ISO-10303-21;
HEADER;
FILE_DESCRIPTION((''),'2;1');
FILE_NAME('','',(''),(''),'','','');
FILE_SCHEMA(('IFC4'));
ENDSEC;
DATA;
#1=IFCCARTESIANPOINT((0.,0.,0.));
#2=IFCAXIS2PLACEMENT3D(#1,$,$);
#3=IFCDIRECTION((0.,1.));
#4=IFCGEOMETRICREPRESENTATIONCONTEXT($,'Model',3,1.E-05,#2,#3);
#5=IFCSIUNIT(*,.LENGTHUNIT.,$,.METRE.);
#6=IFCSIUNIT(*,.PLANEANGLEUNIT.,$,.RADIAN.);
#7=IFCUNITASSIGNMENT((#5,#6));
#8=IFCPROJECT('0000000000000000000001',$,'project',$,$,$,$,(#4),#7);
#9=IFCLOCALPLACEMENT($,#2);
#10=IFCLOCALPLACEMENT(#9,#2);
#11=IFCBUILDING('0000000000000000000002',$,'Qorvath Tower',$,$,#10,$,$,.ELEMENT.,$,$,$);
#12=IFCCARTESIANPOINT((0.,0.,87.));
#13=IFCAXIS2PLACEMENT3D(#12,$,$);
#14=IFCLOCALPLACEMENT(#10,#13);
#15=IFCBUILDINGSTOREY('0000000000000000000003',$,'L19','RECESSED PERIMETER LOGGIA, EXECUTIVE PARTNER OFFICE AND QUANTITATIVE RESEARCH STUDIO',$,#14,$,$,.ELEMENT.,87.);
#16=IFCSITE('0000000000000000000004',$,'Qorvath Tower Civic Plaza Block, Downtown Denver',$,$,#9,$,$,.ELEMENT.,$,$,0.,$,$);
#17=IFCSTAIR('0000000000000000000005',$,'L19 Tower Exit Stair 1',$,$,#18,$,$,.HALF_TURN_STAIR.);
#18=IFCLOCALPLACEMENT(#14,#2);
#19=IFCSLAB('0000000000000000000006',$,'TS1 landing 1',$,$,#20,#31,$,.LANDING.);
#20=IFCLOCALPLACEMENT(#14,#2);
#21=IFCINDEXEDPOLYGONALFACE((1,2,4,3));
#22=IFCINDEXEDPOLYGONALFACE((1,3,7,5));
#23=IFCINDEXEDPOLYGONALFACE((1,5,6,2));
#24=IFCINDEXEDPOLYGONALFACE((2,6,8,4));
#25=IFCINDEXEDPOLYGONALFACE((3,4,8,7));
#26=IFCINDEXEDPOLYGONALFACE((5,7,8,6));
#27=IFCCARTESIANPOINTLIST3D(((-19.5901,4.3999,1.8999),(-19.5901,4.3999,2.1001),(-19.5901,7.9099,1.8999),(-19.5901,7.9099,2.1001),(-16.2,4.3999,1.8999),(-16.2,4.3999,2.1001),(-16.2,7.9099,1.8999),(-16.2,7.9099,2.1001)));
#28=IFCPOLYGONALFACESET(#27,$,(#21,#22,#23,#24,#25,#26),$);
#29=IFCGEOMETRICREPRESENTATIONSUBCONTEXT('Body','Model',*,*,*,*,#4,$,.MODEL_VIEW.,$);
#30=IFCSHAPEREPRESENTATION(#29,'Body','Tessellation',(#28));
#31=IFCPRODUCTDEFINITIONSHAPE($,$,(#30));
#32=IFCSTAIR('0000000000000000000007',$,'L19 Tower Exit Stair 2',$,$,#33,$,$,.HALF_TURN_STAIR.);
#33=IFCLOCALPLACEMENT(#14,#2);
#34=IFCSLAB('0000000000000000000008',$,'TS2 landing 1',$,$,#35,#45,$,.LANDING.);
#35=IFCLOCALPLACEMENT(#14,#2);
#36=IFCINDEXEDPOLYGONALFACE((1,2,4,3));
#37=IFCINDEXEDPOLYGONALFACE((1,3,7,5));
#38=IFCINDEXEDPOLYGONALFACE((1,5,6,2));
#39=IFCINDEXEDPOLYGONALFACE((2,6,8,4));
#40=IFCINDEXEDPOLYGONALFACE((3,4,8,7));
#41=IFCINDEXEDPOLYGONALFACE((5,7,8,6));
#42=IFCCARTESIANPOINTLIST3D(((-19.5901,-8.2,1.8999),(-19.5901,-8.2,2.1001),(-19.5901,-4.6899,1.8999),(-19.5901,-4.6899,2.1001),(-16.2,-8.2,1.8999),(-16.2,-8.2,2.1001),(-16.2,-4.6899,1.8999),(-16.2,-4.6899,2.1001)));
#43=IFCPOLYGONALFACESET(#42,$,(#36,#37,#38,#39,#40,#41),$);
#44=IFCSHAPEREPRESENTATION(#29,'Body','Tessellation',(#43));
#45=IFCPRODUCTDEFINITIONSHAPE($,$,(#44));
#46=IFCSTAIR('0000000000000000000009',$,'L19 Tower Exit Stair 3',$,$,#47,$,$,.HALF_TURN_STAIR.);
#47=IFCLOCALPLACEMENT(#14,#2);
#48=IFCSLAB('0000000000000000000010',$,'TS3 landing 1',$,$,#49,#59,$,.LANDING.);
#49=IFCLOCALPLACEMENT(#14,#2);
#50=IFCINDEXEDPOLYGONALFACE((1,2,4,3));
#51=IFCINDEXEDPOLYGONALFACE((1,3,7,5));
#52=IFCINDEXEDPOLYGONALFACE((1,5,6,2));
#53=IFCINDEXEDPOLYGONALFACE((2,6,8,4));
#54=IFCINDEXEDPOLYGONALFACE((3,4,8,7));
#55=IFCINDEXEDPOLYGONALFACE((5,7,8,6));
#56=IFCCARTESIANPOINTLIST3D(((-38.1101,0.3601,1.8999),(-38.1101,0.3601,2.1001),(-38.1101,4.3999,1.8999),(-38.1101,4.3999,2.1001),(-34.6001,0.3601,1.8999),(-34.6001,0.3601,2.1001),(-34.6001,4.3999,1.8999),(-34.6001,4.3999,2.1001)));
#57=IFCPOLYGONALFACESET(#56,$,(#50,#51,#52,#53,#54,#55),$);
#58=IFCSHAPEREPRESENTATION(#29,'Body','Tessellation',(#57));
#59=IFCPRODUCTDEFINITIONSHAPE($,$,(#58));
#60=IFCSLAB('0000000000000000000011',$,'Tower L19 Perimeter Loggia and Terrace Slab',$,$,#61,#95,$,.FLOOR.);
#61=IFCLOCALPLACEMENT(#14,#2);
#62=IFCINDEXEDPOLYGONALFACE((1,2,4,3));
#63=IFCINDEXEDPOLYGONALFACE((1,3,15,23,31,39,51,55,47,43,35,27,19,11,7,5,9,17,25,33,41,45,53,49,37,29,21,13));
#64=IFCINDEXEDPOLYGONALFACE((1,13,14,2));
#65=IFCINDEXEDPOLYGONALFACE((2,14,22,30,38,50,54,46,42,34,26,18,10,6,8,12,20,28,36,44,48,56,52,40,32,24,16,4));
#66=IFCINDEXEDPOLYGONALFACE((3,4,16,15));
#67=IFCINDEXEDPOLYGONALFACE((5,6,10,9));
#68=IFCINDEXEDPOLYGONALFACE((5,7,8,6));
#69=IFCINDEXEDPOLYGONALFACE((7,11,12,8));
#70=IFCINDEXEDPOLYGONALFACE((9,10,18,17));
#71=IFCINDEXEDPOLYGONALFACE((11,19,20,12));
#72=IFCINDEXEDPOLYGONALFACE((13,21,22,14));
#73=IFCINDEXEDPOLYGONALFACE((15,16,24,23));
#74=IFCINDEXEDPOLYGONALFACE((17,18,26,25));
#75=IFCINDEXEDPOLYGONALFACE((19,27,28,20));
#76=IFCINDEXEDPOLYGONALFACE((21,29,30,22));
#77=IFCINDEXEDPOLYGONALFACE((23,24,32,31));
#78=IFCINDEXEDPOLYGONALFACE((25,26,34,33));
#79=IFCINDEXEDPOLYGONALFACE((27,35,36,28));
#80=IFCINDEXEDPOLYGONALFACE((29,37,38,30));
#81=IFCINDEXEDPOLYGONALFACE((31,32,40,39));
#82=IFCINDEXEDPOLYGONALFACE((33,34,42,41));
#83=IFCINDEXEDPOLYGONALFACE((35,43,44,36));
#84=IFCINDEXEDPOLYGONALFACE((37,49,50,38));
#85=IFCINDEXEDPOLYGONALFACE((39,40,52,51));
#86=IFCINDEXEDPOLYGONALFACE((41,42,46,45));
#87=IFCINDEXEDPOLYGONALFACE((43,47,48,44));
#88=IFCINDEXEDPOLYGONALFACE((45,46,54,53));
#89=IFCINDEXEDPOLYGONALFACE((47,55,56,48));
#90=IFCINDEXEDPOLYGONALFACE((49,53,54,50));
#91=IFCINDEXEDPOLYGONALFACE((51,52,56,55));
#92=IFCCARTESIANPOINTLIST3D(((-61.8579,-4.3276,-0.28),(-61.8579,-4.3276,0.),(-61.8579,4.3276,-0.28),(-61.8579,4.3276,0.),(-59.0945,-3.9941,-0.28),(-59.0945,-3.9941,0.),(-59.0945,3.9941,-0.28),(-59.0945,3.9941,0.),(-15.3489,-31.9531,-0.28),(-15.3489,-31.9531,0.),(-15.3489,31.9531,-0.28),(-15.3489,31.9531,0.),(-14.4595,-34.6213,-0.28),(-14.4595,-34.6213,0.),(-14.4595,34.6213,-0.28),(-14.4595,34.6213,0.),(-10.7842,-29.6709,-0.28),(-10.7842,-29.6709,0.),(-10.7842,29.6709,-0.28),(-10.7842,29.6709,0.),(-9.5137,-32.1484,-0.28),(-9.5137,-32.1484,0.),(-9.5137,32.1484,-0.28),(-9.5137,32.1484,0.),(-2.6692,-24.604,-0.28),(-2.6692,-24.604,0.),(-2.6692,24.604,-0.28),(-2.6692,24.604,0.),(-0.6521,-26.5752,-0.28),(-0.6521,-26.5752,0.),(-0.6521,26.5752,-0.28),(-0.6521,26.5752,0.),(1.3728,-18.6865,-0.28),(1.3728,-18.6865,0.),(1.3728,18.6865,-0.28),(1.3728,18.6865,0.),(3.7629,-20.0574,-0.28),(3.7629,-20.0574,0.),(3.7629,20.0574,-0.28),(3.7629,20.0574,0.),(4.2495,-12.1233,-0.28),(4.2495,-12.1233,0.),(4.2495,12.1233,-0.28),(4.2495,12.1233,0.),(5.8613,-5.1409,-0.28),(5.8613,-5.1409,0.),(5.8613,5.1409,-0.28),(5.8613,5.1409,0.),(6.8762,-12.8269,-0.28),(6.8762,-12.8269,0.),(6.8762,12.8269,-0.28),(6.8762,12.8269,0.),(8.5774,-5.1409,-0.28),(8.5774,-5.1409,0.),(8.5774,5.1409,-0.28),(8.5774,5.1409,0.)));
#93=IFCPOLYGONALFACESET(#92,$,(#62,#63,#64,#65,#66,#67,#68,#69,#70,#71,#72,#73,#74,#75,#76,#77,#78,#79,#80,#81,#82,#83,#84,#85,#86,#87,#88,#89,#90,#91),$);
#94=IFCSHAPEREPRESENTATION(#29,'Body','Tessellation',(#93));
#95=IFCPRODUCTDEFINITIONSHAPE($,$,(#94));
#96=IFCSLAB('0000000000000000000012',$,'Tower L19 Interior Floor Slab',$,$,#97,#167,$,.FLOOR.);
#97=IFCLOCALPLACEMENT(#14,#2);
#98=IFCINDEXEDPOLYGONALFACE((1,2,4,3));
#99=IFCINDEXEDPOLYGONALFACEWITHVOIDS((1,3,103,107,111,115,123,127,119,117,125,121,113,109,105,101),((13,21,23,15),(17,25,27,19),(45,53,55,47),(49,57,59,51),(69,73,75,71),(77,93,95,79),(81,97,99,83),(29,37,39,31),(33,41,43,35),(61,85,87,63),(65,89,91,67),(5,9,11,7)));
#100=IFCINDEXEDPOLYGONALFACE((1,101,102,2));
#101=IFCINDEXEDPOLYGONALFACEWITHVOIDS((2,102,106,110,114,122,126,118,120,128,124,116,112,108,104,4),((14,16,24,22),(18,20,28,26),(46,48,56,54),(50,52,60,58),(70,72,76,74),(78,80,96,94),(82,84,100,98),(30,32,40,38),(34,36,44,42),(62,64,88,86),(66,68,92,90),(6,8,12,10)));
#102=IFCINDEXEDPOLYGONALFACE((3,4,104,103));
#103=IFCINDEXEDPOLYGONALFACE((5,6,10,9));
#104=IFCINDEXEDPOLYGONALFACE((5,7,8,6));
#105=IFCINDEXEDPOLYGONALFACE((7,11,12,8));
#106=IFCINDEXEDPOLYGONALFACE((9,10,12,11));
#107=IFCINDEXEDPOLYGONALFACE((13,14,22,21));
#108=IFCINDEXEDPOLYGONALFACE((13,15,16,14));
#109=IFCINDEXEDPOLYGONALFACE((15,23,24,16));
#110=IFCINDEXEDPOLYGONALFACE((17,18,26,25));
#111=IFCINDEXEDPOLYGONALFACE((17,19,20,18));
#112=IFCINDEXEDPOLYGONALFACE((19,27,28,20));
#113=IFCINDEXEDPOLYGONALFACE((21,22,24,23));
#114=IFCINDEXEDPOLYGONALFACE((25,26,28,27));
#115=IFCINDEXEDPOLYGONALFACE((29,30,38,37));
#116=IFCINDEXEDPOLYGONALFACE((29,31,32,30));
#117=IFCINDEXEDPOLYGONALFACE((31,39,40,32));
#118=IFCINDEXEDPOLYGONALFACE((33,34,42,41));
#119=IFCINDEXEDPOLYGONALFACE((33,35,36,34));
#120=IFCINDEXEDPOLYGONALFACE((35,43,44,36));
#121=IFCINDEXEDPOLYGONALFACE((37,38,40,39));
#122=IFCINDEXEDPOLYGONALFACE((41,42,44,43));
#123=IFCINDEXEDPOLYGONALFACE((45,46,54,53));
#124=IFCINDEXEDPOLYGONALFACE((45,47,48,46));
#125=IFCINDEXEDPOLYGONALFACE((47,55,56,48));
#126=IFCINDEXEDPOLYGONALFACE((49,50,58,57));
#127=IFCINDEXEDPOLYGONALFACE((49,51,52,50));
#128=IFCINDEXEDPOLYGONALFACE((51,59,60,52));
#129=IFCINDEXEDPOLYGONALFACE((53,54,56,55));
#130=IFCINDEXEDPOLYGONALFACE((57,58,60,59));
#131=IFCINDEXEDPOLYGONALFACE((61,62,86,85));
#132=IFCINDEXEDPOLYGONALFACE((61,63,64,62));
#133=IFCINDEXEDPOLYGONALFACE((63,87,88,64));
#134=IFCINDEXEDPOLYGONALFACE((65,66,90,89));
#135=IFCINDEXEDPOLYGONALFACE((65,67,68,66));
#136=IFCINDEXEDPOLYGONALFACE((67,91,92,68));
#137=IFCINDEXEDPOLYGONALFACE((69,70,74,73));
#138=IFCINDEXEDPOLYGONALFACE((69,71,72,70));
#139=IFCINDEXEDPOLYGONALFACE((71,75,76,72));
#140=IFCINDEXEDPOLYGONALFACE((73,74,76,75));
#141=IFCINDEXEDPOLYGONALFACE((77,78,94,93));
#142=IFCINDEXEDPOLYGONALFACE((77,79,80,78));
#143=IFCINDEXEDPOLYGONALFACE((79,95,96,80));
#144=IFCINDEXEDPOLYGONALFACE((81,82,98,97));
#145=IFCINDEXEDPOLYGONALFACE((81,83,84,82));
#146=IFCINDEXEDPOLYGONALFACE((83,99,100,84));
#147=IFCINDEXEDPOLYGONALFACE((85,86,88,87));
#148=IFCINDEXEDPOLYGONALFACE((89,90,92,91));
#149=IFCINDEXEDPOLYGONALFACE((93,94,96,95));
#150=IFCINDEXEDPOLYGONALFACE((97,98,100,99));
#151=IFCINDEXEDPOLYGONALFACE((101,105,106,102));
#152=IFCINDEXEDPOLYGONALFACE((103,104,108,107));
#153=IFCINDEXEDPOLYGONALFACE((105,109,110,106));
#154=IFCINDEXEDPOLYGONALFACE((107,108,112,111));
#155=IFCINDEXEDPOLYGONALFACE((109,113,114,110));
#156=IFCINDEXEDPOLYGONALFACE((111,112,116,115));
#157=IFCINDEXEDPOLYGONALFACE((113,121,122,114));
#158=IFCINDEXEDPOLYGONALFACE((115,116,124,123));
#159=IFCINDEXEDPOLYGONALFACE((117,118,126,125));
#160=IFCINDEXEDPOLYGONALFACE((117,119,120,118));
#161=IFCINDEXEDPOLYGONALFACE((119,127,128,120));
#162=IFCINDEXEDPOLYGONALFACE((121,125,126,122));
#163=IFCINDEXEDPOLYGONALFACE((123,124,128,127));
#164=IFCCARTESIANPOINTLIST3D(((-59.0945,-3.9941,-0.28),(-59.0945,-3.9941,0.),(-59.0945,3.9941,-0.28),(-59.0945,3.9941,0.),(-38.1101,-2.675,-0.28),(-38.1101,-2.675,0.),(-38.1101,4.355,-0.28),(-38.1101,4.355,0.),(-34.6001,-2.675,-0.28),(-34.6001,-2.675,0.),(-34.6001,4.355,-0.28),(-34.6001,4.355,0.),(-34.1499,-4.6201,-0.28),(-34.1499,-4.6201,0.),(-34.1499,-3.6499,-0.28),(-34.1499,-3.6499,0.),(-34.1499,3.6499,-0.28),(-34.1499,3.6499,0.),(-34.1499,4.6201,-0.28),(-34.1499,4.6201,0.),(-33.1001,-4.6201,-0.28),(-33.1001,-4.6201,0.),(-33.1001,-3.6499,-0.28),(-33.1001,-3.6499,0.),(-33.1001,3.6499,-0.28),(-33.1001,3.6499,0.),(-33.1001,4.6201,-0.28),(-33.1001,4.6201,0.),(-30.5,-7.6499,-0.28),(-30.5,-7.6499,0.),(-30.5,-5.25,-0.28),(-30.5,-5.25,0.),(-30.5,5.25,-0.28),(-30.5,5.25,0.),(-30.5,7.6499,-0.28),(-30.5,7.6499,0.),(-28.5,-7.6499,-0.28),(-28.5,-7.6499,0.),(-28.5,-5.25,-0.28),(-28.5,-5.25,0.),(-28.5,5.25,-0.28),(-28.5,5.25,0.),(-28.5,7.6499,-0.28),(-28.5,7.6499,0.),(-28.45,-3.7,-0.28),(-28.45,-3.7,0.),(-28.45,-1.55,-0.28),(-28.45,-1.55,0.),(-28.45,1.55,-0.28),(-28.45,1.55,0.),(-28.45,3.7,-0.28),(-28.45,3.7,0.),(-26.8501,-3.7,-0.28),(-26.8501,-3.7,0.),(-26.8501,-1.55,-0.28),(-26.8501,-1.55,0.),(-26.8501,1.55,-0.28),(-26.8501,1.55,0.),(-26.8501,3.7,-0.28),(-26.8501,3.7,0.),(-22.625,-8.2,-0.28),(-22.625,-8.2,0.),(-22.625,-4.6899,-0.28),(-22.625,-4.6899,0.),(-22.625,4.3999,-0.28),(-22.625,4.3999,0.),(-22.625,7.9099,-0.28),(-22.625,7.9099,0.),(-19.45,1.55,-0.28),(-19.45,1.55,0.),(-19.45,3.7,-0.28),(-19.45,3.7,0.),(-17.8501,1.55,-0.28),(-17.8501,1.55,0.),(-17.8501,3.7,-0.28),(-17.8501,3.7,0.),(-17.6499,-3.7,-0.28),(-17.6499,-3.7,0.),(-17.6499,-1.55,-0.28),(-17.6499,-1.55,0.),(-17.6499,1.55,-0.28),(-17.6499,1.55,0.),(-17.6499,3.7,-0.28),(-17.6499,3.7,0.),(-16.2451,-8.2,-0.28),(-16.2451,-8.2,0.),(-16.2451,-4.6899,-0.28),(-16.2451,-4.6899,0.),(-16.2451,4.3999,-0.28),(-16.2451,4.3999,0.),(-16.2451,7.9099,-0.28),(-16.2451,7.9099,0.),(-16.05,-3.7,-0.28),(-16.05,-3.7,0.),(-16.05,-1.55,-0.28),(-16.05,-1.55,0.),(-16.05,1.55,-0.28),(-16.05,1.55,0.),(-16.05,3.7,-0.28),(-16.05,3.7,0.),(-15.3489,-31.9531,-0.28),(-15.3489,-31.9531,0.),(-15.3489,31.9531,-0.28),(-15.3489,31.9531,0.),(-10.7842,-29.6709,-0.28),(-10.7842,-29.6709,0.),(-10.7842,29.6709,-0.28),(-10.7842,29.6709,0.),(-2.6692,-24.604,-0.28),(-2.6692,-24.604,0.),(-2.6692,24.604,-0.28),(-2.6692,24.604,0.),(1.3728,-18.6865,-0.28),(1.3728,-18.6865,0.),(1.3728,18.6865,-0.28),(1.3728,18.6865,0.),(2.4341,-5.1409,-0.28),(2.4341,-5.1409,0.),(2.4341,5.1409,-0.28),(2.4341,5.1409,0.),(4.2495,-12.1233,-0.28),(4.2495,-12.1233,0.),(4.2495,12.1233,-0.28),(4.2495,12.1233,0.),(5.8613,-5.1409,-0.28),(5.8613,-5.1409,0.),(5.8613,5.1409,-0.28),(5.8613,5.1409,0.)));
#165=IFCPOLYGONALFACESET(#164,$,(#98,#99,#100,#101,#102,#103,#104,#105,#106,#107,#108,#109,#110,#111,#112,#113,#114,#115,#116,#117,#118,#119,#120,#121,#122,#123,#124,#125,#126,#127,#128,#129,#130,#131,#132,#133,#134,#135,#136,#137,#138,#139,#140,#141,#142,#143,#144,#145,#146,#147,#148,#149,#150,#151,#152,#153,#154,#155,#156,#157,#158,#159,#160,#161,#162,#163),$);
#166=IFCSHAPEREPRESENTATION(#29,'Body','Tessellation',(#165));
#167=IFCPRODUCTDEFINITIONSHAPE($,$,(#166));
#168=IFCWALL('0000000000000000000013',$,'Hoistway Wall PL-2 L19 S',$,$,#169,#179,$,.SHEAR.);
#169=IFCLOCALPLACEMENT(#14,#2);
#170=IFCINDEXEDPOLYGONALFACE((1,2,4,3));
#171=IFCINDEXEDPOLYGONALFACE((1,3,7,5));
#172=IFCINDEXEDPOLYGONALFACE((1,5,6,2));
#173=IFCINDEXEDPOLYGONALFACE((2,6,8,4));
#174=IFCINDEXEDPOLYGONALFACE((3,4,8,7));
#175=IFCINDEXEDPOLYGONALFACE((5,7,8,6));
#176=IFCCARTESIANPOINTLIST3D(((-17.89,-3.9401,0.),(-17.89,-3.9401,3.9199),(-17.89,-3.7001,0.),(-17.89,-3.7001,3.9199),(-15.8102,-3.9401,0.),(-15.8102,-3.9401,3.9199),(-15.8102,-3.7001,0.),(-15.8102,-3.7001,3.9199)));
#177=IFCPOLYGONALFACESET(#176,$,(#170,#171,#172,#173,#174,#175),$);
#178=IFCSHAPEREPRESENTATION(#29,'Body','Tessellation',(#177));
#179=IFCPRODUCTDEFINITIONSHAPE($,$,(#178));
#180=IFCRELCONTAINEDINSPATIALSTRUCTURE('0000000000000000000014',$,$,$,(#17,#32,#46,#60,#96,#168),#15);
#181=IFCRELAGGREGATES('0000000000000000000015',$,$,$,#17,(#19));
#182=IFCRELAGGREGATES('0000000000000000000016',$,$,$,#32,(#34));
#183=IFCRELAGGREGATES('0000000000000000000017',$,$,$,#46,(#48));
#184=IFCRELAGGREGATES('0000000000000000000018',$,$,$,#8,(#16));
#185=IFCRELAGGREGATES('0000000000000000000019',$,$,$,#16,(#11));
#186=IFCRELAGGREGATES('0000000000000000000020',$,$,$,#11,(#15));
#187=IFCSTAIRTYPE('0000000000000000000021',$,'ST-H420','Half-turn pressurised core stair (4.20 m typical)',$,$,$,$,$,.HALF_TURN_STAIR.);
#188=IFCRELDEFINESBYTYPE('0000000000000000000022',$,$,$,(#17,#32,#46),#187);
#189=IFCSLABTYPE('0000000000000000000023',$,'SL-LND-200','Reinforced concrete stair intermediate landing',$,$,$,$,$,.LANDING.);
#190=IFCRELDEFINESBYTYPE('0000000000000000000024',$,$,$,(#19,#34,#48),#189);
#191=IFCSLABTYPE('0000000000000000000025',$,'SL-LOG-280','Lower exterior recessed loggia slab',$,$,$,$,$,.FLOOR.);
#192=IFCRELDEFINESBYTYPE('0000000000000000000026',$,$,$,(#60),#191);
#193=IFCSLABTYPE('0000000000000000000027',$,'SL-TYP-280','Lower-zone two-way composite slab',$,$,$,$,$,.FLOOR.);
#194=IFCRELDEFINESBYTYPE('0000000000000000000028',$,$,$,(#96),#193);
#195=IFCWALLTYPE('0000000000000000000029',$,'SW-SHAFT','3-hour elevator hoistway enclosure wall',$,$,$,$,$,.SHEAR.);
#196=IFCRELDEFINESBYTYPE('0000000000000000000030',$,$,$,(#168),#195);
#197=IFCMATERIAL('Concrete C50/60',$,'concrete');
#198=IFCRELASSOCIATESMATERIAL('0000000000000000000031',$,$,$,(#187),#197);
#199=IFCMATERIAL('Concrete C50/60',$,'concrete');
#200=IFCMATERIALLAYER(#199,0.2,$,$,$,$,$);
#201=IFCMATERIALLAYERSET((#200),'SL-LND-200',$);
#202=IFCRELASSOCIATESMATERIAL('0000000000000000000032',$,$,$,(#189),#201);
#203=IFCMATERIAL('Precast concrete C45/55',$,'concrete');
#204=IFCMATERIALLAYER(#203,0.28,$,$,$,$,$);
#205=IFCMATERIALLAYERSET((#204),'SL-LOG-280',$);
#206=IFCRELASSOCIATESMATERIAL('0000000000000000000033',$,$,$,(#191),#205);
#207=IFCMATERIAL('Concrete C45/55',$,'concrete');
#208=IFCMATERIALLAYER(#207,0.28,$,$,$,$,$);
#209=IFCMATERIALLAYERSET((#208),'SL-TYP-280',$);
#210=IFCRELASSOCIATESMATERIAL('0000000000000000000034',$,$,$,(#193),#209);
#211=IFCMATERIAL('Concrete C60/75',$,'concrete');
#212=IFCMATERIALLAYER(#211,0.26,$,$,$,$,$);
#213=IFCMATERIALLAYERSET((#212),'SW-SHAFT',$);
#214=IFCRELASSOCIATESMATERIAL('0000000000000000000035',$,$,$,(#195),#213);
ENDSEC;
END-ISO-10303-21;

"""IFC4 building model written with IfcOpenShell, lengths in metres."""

from ifc_helpers import new_model, si_unit, direction, frame, frame_2d, origin, place, context, subcontext, project, spatial, polyline, rectangle, outline, extrude, material, layer, layer_set, type_object, element, aggregate, save


model = new_model("IFC4")

# Units and contexts
model_context = context("Model", 3, precision=1e-05, world=origin(), true_north=direction((0.0, 1.0)))
body_context = subcontext(model_context, "Body", "Model", "MODEL_VIEW")
ifc_project = project(units=[si_unit("LENGTHUNIT", "METRE"), si_unit("PLANEANGLEUNIT", "RADIAN")], contexts=[model_context])

# Site, building, storey
site_placement = place(None, origin())
site = spatial("IfcSite", under=ifc_project, at=site_placement, Name="Qorvath Tower Civic Plaza Block, Downtown Denver", CompositionType="ELEMENT", RefElevation=0.0)
building_placement = place(site_placement, origin())
building = spatial("IfcBuilding", under=site, at=building_placement, Name="Qorvath Tower", CompositionType="ELEMENT")
storey_placement = place(building_placement, frame((0.0, 0.0, 87.0)))
storey = spatial("IfcBuildingStorey", under=building, at=storey_placement, Name="L19", Description="RECESSED PERIMETER LOGGIA, EXECUTIVE PARTNER OFFICE AND QUANTITATIVE RESEARCH STUDIO", CompositionType="ELEMENT", Elevation=87.0)

# Stairs, slabs
ifc_material_1 = material(Name="Concrete C50/60", Category="concrete")
stair_type = type_object("IfcStairType", Name="ST-H420", Description="Half-turn pressurised core stair (4.20 m typical)", PredefinedType="HALF_TURN_STAIR", material=ifc_material_1)
stair_1_placement = place(storey_placement, origin())
stair_1 = element("IfcStair", 1, at=stair_1_placement, inside=storey, type_object=stair_type, Name="L19 Tower Exit Stair 1", PredefinedType="HALF_TURN_STAIR")
ifc_material_2 = material(Name="Concrete C50/60", Category="concrete")
ifc_layer_1 = layer(ifc_material_2, 0.2)
ifc_layer_set_1 = layer_set([ifc_layer_1], Name="SL-LND-200")
slab_type_1 = type_object("IfcSlabType", Name="SL-LND-200", Description="Reinforced concrete stair intermediate landing", PredefinedType="LANDING", material=ifc_layer_set_1)
slab_1_placement = place(storey_placement, frame((0.0, 0.0, 1.8999)))
slab_1 = element("IfcSlab", 2, at=slab_1_placement, type_object=slab_type_1, Name="TS1 landing 1", PredefinedType="LANDING", context=body_context, shape_type="SweptSolid", body=[
    extrude(outline(polyline([(-19.5901, 4.3999), (-16.2, 4.3999), (-16.2, 7.9099), (-19.5901, 7.9099), (-19.5901, 4.3999)])), origin(), (0.0, 0.0, 1.0), 0.2002),
])
aggregate(stair_1, [slab_1])
stair_2_placement = place(storey_placement, origin())
stair_2 = element("IfcStair", 3, at=stair_2_placement, inside=storey, type_object=stair_type, Name="L19 Tower Exit Stair 2", PredefinedType="HALF_TURN_STAIR")
slab_2_placement = place(storey_placement, frame((0.0, 0.0, 1.8999)))
slab_2 = element("IfcSlab", 4, at=slab_2_placement, type_object=slab_type_1, Name="TS2 landing 1", PredefinedType="LANDING", context=body_context, shape_type="SweptSolid", body=[
    extrude(outline(polyline([(-19.5901, -8.2), (-16.2, -8.2), (-16.2, -4.6899), (-19.5901, -4.6899), (-19.5901, -8.2)])), origin(), (0.0, 0.0, 1.0), 0.2002),
])
aggregate(stair_2, [slab_2])
stair_3_placement = place(storey_placement, origin())
stair_3 = element("IfcStair", 5, at=stair_3_placement, inside=storey, type_object=stair_type, Name="L19 Tower Exit Stair 3", PredefinedType="HALF_TURN_STAIR")
slab_3_placement = place(storey_placement, frame((0.0, 0.0, 1.8999)))
slab_3 = element("IfcSlab", 6, at=slab_3_placement, type_object=slab_type_1, Name="TS3 landing 1", PredefinedType="LANDING", context=body_context, shape_type="SweptSolid", body=[
    extrude(outline(polyline([(-34.6001, 0.3601), (-34.6001, 4.3999), (-38.1101, 4.3999), (-38.1101, 0.3601), (-34.6001, 0.3601)])), origin(), (0.0, 0.0, 1.0), 0.2002),
])
aggregate(stair_3, [slab_3])

# Slabs
ifc_material_3 = material(Name="Precast concrete C45/55", Category="concrete")
ifc_layer_2 = layer(ifc_material_3, 0.28)
ifc_layer_set_2 = layer_set([ifc_layer_2], Name="SL-LOG-280")
slab_type_2 = type_object("IfcSlabType", Name="SL-LOG-280", Description="Lower exterior recessed loggia slab", PredefinedType="FLOOR", material=ifc_layer_set_2)
slab_4_placement = place(storey_placement, frame((0.0, 0.0, -0.28)))
element("IfcSlab", 7, at=slab_4_placement, inside=storey, type_object=slab_type_2, Name="Tower L19 Perimeter Loggia and Terrace Slab", PredefinedType="FLOOR", context=body_context, shape_type="SweptSolid", body=[
    extrude(outline(polyline([(5.8613, -5.1409), (4.2495, -12.1233), (1.3728, -18.6865), (-2.6692, -24.604), (-10.7842, -29.6709), (-15.3489, -31.9531), (-59.0945, -3.9941), (-59.0945, 3.9941), (-15.3489, 31.9531), (-10.7842, 29.6709), (-2.6692, 24.604), (1.3728, 18.6865), (4.2495, 12.1233), (5.8613, 5.1409), (8.5774, 5.1409), (6.8762, 12.8269), (3.7629, 20.0574), (-0.6521, 26.5752), (-9.5137, 32.1484), (-14.4595, 34.6213), (-61.8579, 4.3276), (-61.8579, -4.3276), (-14.4595, -34.6213), (-9.5137, -32.1484), (-0.6521, -26.5752), (3.7629, -20.0574), (6.8762, -12.8269), (8.5774, -5.1409), (5.8613, -5.1409)])), origin(), (0.0, 0.0, 1.0), 0.28),
])
ifc_material_4 = material(Name="Concrete C45/55", Category="concrete")
ifc_layer_3 = layer(ifc_material_4, 0.28)
ifc_layer_set_3 = layer_set([ifc_layer_3], Name="SL-TYP-280")
slab_type_3 = type_object("IfcSlabType", Name="SL-TYP-280", Description="Lower-zone two-way composite slab", PredefinedType="FLOOR", material=ifc_layer_set_3)
slab_5_placement = place(storey_placement, frame((0.0, 0.0, -0.28)))
element("IfcSlab", 8, at=slab_5_placement, inside=storey, type_object=slab_type_3, Name="Tower L19 Interior Floor Slab", PredefinedType="FLOOR", context=body_context, shape_type="SweptSolid", body=[
    extrude(outline(polyline([(-59.0945, 3.9941), (-59.0945, -3.9941), (-15.3489, -31.9531), (-10.7842, -29.6709), (-2.6692, -24.604), (1.3728, -18.6865), (4.2495, -12.1233), (5.8613, -5.1409), (2.4341, -5.1409), (2.4341, 5.1409), (5.8613, 5.1409), (4.2495, 12.1233), (1.3728, 18.6865), (-2.6692, 24.604), (-10.7842, 29.6709), (-15.3489, 31.9531), (-59.0945, 3.9941)]), holes=[polyline([(-17.6499, -3.7), (-17.6499, -1.55), (-16.05, -1.55), (-16.05, -3.7), (-17.6499, -3.7)]), polyline([(-17.6499, 1.55), (-17.6499, 3.7), (-16.05, 3.7), (-16.05, 1.55), (-17.6499, 1.55)]), polyline([(-16.2451, -8.2), (-22.625, -8.2), (-22.625, -4.6899), (-16.2451, -4.6899), (-16.2451, -8.2)]), polyline([(-22.625, 4.3999), (-22.625, 7.9099), (-16.2451, 7.9099), (-16.2451, 4.3999), (-22.625, 4.3999)]), polyline([(-17.8501, 1.55), (-19.45, 1.55), (-19.45, 3.7), (-17.8501, 3.7), (-17.8501, 1.55)]), polyline([(-28.45, -3.7), (-28.45, -1.55), (-26.8501, -1.55), (-26.8501, -3.7), (-28.45, -3.7)]), polyline([(-26.8501, 1.55), (-28.45, 1.55), (-28.45, 3.7), (-26.8501, 3.7), (-26.8501, 1.55)]), polyline([(-28.5, -7.6499), (-30.5, -7.6499), (-30.5, -5.25), (-28.5, -5.25), (-28.5, -7.6499)]), polyline([(-30.5, 5.25), (-30.5, 7.6499), (-28.5, 7.6499), (-28.5, 5.25), (-30.5, 5.25)]), polyline([(-34.1499, -4.6201), (-34.1499, -3.6499), (-33.1001, -3.6499), (-33.1001, -4.6201), (-34.1499, -4.6201)]), polyline([(-34.1499, 3.6499), (-34.1499, 4.6201), (-33.1001, 4.6201), (-33.1001, 3.6499), (-34.1499, 3.6499)]), polyline([(-34.6001, -2.675), (-38.1101, -2.675), (-38.1101, 4.355), (-34.6001, 4.355), (-34.6001, -2.675)])]), origin(), (0.0, 0.0, 1.0), 0.28),
])

# Wall
ifc_material_5 = material(Name="Concrete C60/75", Category="concrete")
ifc_layer_4 = layer(ifc_material_5, 0.26)
ifc_layer_set_4 = layer_set([ifc_layer_4], Name="SW-SHAFT")
wall_type_1 = type_object("IfcWallType", Name="SW-SHAFT", Description="3-hour elevator hoistway enclosure wall", PredefinedType="SHEAR", material=ifc_layer_set_4)
wall_1_placement = place(storey_placement, frame((-15.8101, -3.8201, 0.0), z_axis=(0.0, 0.0, 1.0), x_axis=(-1.0, 0.0, 0.0)))
element("IfcWall", 9, at=wall_1_placement, inside=storey, type_object=wall_type_1, Name="Hoistway Wall PL-2 L19 S", PredefinedType="SHEAR", context=body_context, shape_type="SweptSolid", body=[
    extrude(rectangle(XDim=2.0798, YDim=0.24, at=frame_2d((1.04, 0.0))), origin(), (0.0, 0.0, 1.0), 3.9199),
])

save(model, "model.ifc")
